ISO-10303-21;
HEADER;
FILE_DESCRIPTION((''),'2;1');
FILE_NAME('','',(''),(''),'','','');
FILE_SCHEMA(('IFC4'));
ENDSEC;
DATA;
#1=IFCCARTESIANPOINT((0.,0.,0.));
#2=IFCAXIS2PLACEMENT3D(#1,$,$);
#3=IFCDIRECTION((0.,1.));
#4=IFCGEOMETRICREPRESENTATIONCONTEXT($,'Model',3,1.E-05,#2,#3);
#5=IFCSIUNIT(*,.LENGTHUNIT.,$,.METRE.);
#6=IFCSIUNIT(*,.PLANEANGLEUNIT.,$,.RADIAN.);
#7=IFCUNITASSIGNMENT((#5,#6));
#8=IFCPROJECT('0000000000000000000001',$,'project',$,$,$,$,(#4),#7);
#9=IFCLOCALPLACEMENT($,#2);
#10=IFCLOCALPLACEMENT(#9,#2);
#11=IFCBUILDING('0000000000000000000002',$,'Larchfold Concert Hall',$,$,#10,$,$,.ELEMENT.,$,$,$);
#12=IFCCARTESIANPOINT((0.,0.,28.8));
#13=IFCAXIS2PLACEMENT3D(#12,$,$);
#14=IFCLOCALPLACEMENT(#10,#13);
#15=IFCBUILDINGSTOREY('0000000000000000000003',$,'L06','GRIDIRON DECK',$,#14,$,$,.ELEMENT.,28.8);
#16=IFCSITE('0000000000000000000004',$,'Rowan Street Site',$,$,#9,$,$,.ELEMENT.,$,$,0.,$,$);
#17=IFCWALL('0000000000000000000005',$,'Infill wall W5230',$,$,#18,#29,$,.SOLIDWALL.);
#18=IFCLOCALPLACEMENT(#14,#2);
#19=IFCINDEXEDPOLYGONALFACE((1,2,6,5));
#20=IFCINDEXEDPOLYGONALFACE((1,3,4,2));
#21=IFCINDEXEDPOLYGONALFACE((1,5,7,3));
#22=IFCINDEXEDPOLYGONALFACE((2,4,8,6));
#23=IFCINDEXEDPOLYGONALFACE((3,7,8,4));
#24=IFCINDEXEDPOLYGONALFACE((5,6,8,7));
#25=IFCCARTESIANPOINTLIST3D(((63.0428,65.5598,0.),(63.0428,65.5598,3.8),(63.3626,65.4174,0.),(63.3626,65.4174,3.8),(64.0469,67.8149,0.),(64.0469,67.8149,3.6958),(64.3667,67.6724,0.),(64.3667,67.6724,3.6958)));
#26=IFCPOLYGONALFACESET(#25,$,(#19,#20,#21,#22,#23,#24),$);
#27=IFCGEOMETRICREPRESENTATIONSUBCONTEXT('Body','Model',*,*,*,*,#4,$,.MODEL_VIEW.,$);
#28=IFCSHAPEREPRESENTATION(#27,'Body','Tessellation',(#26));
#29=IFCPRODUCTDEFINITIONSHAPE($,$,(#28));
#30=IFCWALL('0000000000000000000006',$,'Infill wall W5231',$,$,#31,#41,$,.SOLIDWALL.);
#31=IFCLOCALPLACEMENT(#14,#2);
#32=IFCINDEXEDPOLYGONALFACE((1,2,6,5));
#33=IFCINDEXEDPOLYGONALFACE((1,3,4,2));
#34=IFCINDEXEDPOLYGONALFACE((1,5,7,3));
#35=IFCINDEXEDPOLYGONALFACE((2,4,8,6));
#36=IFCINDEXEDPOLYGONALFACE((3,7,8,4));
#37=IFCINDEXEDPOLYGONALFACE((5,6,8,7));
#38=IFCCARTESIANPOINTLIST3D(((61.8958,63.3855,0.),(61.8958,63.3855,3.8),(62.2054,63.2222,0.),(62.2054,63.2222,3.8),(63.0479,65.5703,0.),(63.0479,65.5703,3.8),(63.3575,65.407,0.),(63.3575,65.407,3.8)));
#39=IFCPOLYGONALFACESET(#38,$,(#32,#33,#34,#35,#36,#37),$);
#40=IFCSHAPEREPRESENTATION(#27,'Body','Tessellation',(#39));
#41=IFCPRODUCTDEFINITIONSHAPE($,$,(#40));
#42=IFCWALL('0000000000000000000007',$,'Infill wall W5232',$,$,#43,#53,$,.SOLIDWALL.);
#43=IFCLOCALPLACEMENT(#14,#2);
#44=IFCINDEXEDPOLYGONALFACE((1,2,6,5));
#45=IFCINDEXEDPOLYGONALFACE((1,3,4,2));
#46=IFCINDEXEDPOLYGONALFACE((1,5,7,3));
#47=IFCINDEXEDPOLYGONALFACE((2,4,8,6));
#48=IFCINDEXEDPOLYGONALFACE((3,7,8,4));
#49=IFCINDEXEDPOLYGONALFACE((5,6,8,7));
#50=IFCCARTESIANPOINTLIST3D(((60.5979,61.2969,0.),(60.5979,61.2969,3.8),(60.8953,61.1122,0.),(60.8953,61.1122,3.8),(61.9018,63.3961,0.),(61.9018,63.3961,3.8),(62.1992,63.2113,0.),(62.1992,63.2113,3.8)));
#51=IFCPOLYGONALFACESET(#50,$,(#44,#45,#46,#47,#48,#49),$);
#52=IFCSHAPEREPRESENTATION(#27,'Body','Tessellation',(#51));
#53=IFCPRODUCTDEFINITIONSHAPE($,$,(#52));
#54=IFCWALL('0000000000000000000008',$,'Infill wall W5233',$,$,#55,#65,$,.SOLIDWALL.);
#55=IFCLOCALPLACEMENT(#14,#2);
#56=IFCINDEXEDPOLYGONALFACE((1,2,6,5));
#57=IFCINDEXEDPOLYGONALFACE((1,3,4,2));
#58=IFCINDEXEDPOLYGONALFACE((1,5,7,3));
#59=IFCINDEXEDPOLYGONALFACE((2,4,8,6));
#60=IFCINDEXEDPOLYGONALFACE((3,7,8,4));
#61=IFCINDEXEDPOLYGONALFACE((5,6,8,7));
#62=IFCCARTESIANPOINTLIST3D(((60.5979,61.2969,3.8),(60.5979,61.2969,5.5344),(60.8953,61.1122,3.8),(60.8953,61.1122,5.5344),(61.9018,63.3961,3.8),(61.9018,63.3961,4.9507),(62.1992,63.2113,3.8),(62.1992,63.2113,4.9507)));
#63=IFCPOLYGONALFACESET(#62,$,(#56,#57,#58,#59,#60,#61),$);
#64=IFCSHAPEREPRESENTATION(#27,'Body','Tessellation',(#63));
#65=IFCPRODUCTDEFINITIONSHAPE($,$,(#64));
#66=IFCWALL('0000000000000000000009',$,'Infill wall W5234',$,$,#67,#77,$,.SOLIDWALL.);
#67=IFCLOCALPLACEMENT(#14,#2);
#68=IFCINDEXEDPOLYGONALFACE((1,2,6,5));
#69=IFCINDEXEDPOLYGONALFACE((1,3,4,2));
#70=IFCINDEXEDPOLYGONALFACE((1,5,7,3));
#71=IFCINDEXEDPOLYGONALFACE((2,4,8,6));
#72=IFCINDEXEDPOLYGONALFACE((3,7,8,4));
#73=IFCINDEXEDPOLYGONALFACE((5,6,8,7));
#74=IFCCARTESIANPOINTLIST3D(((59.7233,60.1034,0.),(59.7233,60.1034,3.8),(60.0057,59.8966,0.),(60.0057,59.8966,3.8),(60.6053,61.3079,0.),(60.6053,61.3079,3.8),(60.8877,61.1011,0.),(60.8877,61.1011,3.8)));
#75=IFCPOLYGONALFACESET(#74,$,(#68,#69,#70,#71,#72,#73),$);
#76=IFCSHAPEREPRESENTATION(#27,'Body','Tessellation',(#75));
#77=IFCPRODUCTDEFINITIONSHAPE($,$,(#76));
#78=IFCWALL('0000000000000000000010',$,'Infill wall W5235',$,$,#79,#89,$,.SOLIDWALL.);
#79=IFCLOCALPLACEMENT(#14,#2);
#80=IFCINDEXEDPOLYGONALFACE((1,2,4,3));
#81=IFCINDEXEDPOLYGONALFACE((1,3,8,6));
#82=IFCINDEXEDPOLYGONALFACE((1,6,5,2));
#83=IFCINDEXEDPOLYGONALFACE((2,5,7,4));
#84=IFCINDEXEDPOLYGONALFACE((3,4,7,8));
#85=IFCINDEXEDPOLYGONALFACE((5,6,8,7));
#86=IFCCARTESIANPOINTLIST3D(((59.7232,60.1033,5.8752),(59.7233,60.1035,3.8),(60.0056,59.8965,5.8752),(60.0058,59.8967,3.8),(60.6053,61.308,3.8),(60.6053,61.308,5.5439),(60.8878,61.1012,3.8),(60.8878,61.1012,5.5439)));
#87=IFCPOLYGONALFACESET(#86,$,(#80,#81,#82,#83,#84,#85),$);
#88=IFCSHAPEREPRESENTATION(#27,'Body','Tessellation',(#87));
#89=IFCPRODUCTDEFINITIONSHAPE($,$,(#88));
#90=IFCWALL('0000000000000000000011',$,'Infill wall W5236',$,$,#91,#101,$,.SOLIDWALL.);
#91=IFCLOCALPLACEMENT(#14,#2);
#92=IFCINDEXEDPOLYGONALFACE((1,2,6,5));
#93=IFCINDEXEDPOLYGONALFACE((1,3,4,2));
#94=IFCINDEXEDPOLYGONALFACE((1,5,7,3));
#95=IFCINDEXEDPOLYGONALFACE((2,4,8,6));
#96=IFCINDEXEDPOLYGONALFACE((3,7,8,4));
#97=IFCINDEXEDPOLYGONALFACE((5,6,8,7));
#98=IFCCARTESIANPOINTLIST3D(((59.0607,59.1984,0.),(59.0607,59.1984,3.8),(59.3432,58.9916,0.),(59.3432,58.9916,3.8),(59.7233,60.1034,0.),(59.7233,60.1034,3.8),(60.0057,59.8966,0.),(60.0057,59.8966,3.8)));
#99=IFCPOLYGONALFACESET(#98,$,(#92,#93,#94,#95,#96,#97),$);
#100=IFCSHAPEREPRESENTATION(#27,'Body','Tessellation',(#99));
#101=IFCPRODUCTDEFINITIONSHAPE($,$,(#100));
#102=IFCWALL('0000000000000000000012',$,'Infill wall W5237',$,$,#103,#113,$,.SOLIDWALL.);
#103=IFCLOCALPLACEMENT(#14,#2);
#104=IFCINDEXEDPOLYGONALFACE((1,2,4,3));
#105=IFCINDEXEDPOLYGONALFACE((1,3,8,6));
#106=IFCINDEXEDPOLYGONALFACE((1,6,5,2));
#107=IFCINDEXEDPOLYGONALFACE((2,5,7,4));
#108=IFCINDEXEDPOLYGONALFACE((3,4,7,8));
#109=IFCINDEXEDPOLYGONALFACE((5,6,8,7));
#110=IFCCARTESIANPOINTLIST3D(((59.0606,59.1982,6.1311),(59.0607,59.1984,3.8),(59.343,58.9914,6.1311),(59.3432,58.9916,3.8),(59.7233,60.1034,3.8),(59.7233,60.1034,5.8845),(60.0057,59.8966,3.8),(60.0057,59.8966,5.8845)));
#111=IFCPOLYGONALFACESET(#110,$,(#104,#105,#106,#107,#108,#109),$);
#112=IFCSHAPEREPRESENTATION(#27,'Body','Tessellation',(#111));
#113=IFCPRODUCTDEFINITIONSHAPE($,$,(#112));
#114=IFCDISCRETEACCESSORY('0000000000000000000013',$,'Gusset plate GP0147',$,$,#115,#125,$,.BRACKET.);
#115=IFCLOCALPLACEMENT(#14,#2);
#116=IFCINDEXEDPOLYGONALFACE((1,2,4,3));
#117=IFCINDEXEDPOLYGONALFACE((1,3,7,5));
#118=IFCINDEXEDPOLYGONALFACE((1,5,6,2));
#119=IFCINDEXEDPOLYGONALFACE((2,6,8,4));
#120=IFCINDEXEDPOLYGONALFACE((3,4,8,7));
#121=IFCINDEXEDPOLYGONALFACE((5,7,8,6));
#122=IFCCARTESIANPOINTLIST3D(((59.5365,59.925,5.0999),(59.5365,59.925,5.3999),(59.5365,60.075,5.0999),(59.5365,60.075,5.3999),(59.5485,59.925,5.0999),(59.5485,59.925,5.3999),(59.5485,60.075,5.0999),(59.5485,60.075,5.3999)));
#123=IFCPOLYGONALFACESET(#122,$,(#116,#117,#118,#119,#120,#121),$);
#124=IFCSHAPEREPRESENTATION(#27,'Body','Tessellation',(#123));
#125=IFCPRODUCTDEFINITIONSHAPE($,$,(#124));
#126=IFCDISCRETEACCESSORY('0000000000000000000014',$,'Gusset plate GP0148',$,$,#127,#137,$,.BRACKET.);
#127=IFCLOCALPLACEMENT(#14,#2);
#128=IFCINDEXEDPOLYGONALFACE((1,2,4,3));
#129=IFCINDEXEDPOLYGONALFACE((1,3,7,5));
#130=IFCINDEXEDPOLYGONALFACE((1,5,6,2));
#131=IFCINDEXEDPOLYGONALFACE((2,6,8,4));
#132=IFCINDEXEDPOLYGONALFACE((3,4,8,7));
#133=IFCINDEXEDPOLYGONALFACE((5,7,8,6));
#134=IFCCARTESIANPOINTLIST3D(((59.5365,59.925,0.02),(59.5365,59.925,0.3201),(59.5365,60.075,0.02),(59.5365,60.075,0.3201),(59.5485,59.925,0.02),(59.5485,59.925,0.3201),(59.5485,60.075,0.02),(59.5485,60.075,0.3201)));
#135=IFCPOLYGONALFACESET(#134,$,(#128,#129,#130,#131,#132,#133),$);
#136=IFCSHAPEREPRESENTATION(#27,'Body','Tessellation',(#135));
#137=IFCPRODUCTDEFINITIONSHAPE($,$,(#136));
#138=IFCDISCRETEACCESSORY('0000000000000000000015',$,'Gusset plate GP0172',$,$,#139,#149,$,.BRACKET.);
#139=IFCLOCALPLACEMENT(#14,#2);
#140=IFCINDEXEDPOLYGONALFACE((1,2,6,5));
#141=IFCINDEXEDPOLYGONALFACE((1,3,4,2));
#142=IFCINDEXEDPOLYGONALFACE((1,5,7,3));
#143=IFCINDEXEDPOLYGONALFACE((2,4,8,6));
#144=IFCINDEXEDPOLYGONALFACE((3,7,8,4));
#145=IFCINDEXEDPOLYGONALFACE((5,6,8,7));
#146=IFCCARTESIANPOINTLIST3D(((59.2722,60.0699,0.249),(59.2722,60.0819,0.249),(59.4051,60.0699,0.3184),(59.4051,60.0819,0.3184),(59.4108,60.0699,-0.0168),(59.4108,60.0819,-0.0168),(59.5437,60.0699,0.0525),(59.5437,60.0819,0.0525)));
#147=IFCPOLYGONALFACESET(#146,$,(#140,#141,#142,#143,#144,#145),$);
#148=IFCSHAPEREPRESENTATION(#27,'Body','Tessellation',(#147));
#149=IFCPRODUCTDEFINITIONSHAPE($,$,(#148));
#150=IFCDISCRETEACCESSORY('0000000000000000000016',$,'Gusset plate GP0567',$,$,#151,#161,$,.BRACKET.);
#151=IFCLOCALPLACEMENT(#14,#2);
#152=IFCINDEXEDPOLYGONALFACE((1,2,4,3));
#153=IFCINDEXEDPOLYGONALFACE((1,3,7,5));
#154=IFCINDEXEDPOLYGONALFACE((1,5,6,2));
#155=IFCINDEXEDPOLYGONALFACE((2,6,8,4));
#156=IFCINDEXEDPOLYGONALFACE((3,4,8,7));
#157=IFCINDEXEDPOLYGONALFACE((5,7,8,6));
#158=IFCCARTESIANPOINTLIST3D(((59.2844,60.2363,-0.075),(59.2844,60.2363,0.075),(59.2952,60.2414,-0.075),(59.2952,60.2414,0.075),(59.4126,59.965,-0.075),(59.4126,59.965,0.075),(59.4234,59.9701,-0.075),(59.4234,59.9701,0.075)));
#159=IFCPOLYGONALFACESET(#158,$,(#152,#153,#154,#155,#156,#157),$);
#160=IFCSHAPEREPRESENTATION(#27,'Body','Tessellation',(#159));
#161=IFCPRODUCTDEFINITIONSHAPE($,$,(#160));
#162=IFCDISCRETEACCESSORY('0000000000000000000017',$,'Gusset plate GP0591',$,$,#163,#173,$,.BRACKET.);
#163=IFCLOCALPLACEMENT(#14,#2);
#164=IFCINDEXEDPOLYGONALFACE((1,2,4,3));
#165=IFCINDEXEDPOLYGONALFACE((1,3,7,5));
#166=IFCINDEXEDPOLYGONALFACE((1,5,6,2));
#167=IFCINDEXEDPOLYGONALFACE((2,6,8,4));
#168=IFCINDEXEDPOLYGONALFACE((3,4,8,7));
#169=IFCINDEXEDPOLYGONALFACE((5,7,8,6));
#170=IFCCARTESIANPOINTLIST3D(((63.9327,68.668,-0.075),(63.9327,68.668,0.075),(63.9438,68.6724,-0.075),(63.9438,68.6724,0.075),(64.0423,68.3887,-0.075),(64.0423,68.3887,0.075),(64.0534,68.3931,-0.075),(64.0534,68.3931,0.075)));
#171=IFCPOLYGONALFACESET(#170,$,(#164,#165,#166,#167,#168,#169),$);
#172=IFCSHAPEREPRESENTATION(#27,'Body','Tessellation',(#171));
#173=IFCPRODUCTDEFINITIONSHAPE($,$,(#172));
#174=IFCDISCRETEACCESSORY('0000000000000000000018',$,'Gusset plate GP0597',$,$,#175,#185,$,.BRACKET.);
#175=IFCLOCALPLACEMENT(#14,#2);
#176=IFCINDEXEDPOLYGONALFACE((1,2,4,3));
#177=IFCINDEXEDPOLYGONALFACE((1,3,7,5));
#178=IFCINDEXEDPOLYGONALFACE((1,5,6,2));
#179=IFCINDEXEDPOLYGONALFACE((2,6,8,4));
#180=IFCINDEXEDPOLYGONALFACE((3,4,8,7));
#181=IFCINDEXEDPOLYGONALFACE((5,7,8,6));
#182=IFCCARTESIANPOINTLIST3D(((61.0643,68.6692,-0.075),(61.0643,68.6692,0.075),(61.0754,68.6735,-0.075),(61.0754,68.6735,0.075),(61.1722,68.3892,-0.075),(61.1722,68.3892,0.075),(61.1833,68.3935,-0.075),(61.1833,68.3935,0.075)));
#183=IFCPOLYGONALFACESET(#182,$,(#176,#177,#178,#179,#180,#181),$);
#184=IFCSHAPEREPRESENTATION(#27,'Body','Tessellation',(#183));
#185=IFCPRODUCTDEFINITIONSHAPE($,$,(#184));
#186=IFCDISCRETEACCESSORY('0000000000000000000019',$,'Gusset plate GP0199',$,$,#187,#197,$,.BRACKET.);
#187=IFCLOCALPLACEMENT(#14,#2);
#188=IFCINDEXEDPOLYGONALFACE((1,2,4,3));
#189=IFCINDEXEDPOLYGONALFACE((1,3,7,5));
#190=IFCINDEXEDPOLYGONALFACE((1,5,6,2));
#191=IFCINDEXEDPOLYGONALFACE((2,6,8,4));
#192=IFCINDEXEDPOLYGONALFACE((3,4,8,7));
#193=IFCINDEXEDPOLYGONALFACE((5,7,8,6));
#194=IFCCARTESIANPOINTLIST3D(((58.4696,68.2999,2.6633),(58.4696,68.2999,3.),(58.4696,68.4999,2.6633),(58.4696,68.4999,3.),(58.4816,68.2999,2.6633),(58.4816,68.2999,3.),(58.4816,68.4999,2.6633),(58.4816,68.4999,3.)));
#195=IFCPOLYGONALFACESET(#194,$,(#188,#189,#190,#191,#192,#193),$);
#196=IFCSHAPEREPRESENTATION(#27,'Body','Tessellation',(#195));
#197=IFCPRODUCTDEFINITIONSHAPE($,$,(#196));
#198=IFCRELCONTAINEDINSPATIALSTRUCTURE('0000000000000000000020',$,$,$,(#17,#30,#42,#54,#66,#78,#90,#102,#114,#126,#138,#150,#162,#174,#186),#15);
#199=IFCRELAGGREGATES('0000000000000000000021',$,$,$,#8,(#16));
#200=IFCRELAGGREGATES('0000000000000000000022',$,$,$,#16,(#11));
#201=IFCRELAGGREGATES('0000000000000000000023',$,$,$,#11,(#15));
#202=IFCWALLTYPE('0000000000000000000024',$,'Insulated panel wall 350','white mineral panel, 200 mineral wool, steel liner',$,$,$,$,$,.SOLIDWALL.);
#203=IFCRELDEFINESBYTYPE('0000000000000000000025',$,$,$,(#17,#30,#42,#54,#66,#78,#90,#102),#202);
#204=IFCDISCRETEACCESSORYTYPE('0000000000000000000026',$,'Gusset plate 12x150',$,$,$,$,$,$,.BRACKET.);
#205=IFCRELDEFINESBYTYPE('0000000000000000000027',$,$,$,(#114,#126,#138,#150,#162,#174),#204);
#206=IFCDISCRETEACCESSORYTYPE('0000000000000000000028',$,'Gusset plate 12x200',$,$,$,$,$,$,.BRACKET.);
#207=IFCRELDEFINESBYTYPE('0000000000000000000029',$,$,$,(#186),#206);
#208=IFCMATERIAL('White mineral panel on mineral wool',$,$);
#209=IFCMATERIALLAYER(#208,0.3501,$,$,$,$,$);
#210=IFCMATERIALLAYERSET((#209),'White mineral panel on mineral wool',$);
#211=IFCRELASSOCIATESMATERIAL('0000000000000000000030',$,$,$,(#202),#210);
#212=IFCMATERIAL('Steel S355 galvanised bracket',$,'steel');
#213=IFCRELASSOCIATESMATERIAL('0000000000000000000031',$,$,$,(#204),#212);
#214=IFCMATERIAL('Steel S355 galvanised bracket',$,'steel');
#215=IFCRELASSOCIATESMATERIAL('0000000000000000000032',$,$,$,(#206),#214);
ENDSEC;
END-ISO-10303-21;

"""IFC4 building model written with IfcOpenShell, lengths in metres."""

from ifc_helpers import new_model, si_unit, direction, frame, frame_2d, origin, origin_2d, place, context, subcontext, project, spatial, polyline, rectangle, outline, extrude, material, layer, layer_set, material_profile, profile_set, type_object, element, save


model = new_model("IFC4")

# Units and contexts
model_context = context("Model", 3, precision=1e-05, world=origin(), true_north=direction((0.0, 1.0)))
body_context = subcontext(model_context, "Body", "Model", "MODEL_VIEW")
ifc_project = project(units=[si_unit("LENGTHUNIT", "METRE"), si_unit("PLANEANGLEUNIT", "RADIAN")], contexts=[model_context])

# Site, building, storey
site_placement = place(None, origin())
site = spatial("IfcSite", under=ifc_project, at=site_placement, Name="Rowan Street Site", CompositionType="ELEMENT", RefElevation=0.0)
building_placement = place(site_placement, origin())
building = spatial("IfcBuilding", under=site, at=building_placement, Name="Larchfold Concert Hall", CompositionType="ELEMENT")
storey_placement = place(building_placement, frame((0.0, 0.0, 28.8)))
storey = spatial("IfcBuildingStorey", under=building, at=storey_placement, Name="L06", Description="GRIDIRON DECK", CompositionType="ELEMENT", Elevation=28.8)

# Walls
ifc_material_1 = material(Name="White mineral panel on mineral wool")
ifc_layer = layer(ifc_material_1, 0.3501)
ifc_layer_set = layer_set([ifc_layer], Name="White mineral panel on mineral wool")
wall_type = type_object("IfcWallType", Name="Insulated panel wall 350", Description="white mineral panel, 200 mineral wool, steel liner", PredefinedType="SOLIDWALL", material=ifc_layer_set)
wall_1_placement = place(storey_placement, frame((64.2068, 67.7437, 0.0), z_axis=(0.0, 0.0, 1.0), x_axis=(-0.406772, -0.91353, 0.0)))
element("IfcWall", 1, at=wall_1_placement, inside=storey, type_object=wall_type, Name="Infill wall W5230", PredefinedType="SOLIDWALL", context=body_context, shape_type="SweptSolid", body=[
    extrude(outline(polyline([(0.0, 0.0), (2.4685, 0.0), (2.4685, 3.8), (0.0, 3.6958), (0.0, 0.0)])), frame((0.0, 0.175, 0.0), z_axis=(0.0, -1.0, 0.0), x_axis=(1.0, 0.0, 0.0)), (0.0, 0.0, 1.0), 0.3501),
])
wall_2_placement = place(storey_placement, frame((63.2026, 65.4885, 0.0), z_axis=(0.0, 0.0, 1.0), x_axis=(-0.466443, -0.884551, 0.0)))
element("IfcWall", 2, at=wall_2_placement, inside=storey, type_object=wall_type, Name="Infill wall W5231", PredefinedType="SOLIDWALL", context=body_context, shape_type="SweptSolid", body=[
    extrude(rectangle(XDim=2.47, YDim=0.3501, at=frame_2d((1.2349, 0.0))), origin(), (0.0, 0.0, 1.0), 3.8),
])
wall_3_placement = place(storey_placement, frame((62.0505, 63.3037, 0.0), z_axis=(0.0, 0.0, 1.0), x_axis=(-0.52767, -0.849449, 0.0)))
element("IfcWall", 3, at=wall_3_placement, inside=storey, type_object=wall_type, Name="Infill wall W5232", PredefinedType="SOLIDWALL", context=body_context, shape_type="SweptSolid", body=[
    extrude(rectangle(XDim=2.4712, YDim=0.3501, at=frame_2d((1.2356, 0.0))), origin(), (0.0, 0.0, 1.0), 3.8),
])
wall_4_placement = place(storey_placement, frame((62.0505, 63.3037, 3.8), z_axis=(0.0, 0.0, 1.0), x_axis=(-0.52767, -0.849449, 0.0)))
element("IfcWall", 4, at=wall_4_placement, inside=storey, type_object=wall_type, Name="Infill wall W5233", PredefinedType="SOLIDWALL", context=body_context, shape_type="SweptSolid", body=[
    extrude(outline(polyline([(0.0, 0.0), (2.4712, 0.0), (2.4712, 1.7344), (0.0, 1.1506), (0.0, 0.0)])), frame((0.0, 0.175, 0.0), z_axis=(0.0, -1.0, 0.0), x_axis=(1.0, 0.0, 0.0)), (0.0, 0.0, 1.0), 0.3501),
])
wall_5_placement = place(storey_placement, frame((60.7466, 61.2046, 0.0), z_axis=(0.0, 0.0, 1.0), x_axis=(-0.590803, -0.806815, 0.0)))
element("IfcWall", 5, at=wall_5_placement, inside=storey, type_object=wall_type, Name="Infill wall W5234", PredefinedType="SOLIDWALL", context=body_context, shape_type="SweptSolid", body=[
    extrude(rectangle(XDim=1.4929, YDim=0.3501, at=frame_2d((0.7466, 0.0))), origin(), (0.0, 0.0, 1.0), 3.8),
])
wall_6_placement = place(storey_placement, frame((60.7466, 61.2046, 3.8), z_axis=(0.0, 0.0, 1.0), x_axis=(-0.590803, -0.806815, 0.0)))
element("IfcWall", 6, at=wall_6_placement, inside=storey, type_object=wall_type, Name="Infill wall W5235", PredefinedType="SOLIDWALL", context=body_context, shape_type="SweptSolid", body=[
    extrude(outline(polyline([(0.0, 0.0), (1.4929, 0.0), (1.4932, 2.0752), (0.0, 1.7439), (0.0, 0.0)])), frame((0.0, 0.175, 0.0), z_axis=(0.0, -1.0, 0.0), x_axis=(1.0, 0.0, 0.0)), (0.0, 0.0, 1.0), 0.3501),
])
wall_7_placement = place(storey_placement, frame((59.8645, 60.0, 0.0), z_axis=(0.0, 0.0, 1.0), x_axis=(-0.590731, -0.806868, 0.0)))
element("IfcWall", 7, at=wall_7_placement, inside=storey, type_object=wall_type, Name="Infill wall W5236", PredefinedType="SOLIDWALL", context=body_context, shape_type="SweptSolid", body=[
    extrude(rectangle(XDim=1.1216, YDim=0.3501, at=frame_2d((0.5608, 0.0))), origin(), (0.0, 0.0, 1.0), 3.8),
])
wall_8_placement = place(storey_placement, frame((59.8645, 60.0, 3.8), z_axis=(0.0, 0.0, 1.0), x_axis=(-0.590731, -0.806868, 0.0)))
element("IfcWall", 8, at=wall_8_placement, inside=storey, type_object=wall_type, Name="Infill wall W5237", PredefinedType="SOLIDWALL", context=body_context, shape_type="SweptSolid", body=[
    extrude(outline(polyline([(0.0, 0.0), (1.1216, 0.0), (1.1218, 2.3311), (0.0, 2.0845), (0.0, 0.0)])), frame((0.0, 0.175, 0.0), z_axis=(0.0, -1.0, 0.0), x_axis=(1.0, 0.0, 0.0)), (0.0, 0.0, 1.0), 0.3501),
])

# Discrete accessories
ifc_material_2 = material(Name="Steel S355 galvanised bracket", Category="steel")
ifc_material_profile_1 = material_profile(ifc_material_2, rectangle(XDim=0.012, YDim=0.1499, at=origin_2d()))
ifc_profile_set_1 = profile_set([ifc_material_profile_1], Name="Steel S355 galvanised bracket")
discrete_accessory_type_1 = type_object("IfcDiscreteAccessoryType", Name="Gusset plate 12x150", PredefinedType="BRACKET", material=ifc_profile_set_1)
for number, where, z_axis, x_axis, name in (
    (9, (59.5425, 60.0, 5.3999), (0.0, 0.0, -1.0), (1.0, 0.0, 0.0), "Gusset plate GP0147"),
    (10, (59.5425, 60.0, 0.3201), (0.0, 0.0, -1.0), (1.0, 0.0, 0.0), "Gusset plate GP0148"),
):
    element("IfcDiscreteAccessory", number, at=place(storey_placement, frame(where, z_axis=z_axis, x_axis=x_axis)), inside=storey, type_object=discrete_accessory_type_1, Name=name, PredefinedType="BRACKET", context=body_context, shape_type="SweptSolid", body=[
        extrude(rectangle(XDim=0.012, YDim=0.1499, at=origin_2d()), origin(), (0.0, 0.0, 1.0), 0.3),
    ])
discrete_accessory_placement = place(storey_placement, frame((59.3386, 60.0759, 0.2837), z_axis=(0.462455, 0.0, -0.886643), x_axis=(0.0, 1.0, 0.0)))
element("IfcDiscreteAccessory", 11, at=discrete_accessory_placement, inside=storey, type_object=discrete_accessory_type_1, Name="Gusset plate GP0172", PredefinedType="BRACKET", context=body_context, shape_type="SweptSolid", body=[
    extrude(rectangle(XDim=0.012, YDim=0.1499, at=origin_2d()), origin(), (0.0, 0.0, 1.0), 0.2998),
])
for number, where, z_axis, x_axis, name in (
    (12, (59.418, 59.9675, 0.0), (-0.427247, 0.904135, 0.0), (-0.904135, -0.427247, 0.0), "Gusset plate GP0567"),
    (13, (64.0479, 68.3909, 0.0), (-0.36535, 0.93087, 0.0), (-0.93087, -0.36535, 0.0), "Gusset plate GP0591"),
    (14, (61.1777, 68.3914, 0.0), (-0.359579, 0.933115, 0.0), (-0.933115, -0.359579, 0.0), "Gusset plate GP0597"),
):
    element("IfcDiscreteAccessory", number, at=place(storey_placement, frame(where, z_axis=z_axis, x_axis=x_axis)), inside=storey, type_object=discrete_accessory_type_1, Name=name, PredefinedType="BRACKET", context=body_context, shape_type="SweptSolid", body=[
        extrude(rectangle(XDim=0.012, YDim=0.1499, at=origin_2d()), origin(), (0.0, 0.0, 1.0), 0.3),
    ])
ifc_material_3 = material(Name="Steel S355 galvanised bracket", Category="steel")
ifc_material_profile_2 = material_profile(ifc_material_3, rectangle(XDim=0.012, YDim=0.2, at=origin_2d()))
ifc_profile_set_2 = profile_set([ifc_material_profile_2], Name="Steel S355 galvanised bracket")
discrete_accessory_type_2 = type_object("IfcDiscreteAccessoryType", Name="Gusset plate 12x200", PredefinedType="BRACKET", material=ifc_profile_set_2)
for number, where, z_axis, x_axis, name in (
    (15, (58.4756, 68.3999, 3.0), (0.0, 0.0, -1.0), (1.0, 0.0, 0.0), "Gusset plate GP0199"),
):
    element("IfcDiscreteAccessory", number, at=place(storey_placement, frame(where, z_axis=z_axis, x_axis=x_axis)), inside=storey, type_object=discrete_accessory_type_2, Name=name, PredefinedType="BRACKET", context=body_context, shape_type="SweptSolid", body=[
        extrude(rectangle(XDim=0.012, YDim=0.2, at=origin_2d()), origin(), (0.0, 0.0, 1.0), 0.3367),
    ])

save(model, "model.ifc")
